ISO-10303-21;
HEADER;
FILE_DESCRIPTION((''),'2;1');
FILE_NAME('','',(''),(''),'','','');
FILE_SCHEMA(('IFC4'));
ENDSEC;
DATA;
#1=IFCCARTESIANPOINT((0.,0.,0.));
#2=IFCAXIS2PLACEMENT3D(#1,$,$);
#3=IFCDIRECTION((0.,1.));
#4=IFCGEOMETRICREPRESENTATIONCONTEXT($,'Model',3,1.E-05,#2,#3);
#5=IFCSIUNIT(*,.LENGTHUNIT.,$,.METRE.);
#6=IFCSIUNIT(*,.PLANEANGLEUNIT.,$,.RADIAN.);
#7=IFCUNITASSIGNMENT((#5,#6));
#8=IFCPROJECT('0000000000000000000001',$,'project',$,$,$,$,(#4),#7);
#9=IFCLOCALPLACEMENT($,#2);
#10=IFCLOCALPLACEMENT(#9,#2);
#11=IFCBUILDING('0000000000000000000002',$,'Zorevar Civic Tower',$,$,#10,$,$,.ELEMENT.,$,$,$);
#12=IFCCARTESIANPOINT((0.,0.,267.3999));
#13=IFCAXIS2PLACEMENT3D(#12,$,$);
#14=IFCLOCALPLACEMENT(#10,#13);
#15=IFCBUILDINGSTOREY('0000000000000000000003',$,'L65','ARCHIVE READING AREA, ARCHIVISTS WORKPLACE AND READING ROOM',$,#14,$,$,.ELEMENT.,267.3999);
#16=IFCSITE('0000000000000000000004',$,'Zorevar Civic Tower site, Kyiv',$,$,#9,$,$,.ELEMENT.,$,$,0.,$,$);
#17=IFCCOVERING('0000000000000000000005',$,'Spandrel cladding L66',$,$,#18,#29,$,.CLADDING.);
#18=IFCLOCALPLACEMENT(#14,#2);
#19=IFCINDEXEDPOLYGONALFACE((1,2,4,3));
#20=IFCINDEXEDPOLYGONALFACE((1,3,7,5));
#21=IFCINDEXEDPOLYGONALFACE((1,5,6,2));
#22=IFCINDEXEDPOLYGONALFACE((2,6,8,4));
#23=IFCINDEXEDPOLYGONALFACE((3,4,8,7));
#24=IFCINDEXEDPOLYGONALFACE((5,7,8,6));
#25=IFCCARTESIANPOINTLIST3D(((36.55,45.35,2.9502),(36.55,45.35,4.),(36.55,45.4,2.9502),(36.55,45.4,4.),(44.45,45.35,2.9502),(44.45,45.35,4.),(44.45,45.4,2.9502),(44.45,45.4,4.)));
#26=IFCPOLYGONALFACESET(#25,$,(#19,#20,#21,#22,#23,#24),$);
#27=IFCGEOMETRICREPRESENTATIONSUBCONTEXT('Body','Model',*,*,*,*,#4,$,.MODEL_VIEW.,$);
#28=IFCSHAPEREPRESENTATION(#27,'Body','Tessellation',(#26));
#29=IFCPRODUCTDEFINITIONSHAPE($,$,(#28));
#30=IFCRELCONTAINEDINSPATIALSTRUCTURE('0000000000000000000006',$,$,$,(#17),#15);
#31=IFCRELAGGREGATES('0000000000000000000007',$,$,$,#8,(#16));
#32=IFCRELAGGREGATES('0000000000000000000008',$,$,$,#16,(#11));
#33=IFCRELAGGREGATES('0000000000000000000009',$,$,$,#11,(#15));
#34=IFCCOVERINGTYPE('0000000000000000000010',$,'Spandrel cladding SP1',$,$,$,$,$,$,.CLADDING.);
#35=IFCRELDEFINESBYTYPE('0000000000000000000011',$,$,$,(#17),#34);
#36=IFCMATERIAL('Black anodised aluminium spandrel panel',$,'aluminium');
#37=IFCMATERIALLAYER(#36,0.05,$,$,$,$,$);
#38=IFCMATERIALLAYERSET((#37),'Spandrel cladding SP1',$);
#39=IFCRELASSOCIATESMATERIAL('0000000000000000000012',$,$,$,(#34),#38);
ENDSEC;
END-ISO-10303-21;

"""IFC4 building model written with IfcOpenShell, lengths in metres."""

from ifc_helpers import new_model, si_unit, direction, frame, frame_2d, origin, place, context, subcontext, project, spatial, rectangle, extrude, material, layer, layer_set, type_object, element, save


model = new_model("IFC4")

# Units and contexts
model_context = context("Model", 3, precision=1e-05, world=origin(), true_north=direction((0.0, 1.0)))
body_context = subcontext(model_context, "Body", "Model", "MODEL_VIEW")
ifc_project = project(units=[si_unit("LENGTHUNIT", "METRE"), si_unit("PLANEANGLEUNIT", "RADIAN")], contexts=[model_context])

# Site, building, storey
site_placement = place(None, origin())
site = spatial("IfcSite", under=ifc_project, at=site_placement, Name="Zorevar Civic Tower site, Kyiv", CompositionType="ELEMENT", RefElevation=0.0)
building_placement = place(site_placement, origin())
building = spatial("IfcBuilding", under=site, at=building_placement, Name="Zorevar Civic Tower", CompositionType="ELEMENT")
storey_placement = place(building_placement, frame((0.0, 0.0, 267.3999)))
storey = spatial("IfcBuildingStorey", under=building, at=storey_placement, Name="L65", Description="ARCHIVE READING AREA, ARCHIVISTS WORKPLACE AND READING ROOM", CompositionType="ELEMENT", Elevation=267.3999)

# Covering
ifc_material_1 = material(Name="Black anodised aluminium spandrel panel", Category="aluminium")
ifc_layer_1 = layer(ifc_material_1, 0.05)
ifc_layer_set_1 = layer_set([ifc_layer_1], Name="Spandrel cladding SP1")
covering_type = type_object("IfcCoveringType", Name="Spandrel cladding SP1", PredefinedType="CLADDING", material=ifc_layer_set_1)
for number, where, z_axis, x_axis, name in (
    (1, (36.55, 45.375, 2.9502), (0.0, 0.0, 1.0), (1.0, 0.0, 0.0), "Spandrel cladding L66"),
):
    element("IfcCovering", number, at=place(storey_placement, frame(where, z_axis=z_axis, x_axis=x_axis)), inside=storey, type_object=covering_type, Name=name, PredefinedType="CLADDING", context=body_context, shape_type="SweptSolid", body=[
        extrude(rectangle(XDim=7.8999, YDim=0.05, at=frame_2d((3.95, 0.0))), origin(), (0.0, 0.0, 1.0), 1.0498),
    ])

save(model, "model.ifc")
